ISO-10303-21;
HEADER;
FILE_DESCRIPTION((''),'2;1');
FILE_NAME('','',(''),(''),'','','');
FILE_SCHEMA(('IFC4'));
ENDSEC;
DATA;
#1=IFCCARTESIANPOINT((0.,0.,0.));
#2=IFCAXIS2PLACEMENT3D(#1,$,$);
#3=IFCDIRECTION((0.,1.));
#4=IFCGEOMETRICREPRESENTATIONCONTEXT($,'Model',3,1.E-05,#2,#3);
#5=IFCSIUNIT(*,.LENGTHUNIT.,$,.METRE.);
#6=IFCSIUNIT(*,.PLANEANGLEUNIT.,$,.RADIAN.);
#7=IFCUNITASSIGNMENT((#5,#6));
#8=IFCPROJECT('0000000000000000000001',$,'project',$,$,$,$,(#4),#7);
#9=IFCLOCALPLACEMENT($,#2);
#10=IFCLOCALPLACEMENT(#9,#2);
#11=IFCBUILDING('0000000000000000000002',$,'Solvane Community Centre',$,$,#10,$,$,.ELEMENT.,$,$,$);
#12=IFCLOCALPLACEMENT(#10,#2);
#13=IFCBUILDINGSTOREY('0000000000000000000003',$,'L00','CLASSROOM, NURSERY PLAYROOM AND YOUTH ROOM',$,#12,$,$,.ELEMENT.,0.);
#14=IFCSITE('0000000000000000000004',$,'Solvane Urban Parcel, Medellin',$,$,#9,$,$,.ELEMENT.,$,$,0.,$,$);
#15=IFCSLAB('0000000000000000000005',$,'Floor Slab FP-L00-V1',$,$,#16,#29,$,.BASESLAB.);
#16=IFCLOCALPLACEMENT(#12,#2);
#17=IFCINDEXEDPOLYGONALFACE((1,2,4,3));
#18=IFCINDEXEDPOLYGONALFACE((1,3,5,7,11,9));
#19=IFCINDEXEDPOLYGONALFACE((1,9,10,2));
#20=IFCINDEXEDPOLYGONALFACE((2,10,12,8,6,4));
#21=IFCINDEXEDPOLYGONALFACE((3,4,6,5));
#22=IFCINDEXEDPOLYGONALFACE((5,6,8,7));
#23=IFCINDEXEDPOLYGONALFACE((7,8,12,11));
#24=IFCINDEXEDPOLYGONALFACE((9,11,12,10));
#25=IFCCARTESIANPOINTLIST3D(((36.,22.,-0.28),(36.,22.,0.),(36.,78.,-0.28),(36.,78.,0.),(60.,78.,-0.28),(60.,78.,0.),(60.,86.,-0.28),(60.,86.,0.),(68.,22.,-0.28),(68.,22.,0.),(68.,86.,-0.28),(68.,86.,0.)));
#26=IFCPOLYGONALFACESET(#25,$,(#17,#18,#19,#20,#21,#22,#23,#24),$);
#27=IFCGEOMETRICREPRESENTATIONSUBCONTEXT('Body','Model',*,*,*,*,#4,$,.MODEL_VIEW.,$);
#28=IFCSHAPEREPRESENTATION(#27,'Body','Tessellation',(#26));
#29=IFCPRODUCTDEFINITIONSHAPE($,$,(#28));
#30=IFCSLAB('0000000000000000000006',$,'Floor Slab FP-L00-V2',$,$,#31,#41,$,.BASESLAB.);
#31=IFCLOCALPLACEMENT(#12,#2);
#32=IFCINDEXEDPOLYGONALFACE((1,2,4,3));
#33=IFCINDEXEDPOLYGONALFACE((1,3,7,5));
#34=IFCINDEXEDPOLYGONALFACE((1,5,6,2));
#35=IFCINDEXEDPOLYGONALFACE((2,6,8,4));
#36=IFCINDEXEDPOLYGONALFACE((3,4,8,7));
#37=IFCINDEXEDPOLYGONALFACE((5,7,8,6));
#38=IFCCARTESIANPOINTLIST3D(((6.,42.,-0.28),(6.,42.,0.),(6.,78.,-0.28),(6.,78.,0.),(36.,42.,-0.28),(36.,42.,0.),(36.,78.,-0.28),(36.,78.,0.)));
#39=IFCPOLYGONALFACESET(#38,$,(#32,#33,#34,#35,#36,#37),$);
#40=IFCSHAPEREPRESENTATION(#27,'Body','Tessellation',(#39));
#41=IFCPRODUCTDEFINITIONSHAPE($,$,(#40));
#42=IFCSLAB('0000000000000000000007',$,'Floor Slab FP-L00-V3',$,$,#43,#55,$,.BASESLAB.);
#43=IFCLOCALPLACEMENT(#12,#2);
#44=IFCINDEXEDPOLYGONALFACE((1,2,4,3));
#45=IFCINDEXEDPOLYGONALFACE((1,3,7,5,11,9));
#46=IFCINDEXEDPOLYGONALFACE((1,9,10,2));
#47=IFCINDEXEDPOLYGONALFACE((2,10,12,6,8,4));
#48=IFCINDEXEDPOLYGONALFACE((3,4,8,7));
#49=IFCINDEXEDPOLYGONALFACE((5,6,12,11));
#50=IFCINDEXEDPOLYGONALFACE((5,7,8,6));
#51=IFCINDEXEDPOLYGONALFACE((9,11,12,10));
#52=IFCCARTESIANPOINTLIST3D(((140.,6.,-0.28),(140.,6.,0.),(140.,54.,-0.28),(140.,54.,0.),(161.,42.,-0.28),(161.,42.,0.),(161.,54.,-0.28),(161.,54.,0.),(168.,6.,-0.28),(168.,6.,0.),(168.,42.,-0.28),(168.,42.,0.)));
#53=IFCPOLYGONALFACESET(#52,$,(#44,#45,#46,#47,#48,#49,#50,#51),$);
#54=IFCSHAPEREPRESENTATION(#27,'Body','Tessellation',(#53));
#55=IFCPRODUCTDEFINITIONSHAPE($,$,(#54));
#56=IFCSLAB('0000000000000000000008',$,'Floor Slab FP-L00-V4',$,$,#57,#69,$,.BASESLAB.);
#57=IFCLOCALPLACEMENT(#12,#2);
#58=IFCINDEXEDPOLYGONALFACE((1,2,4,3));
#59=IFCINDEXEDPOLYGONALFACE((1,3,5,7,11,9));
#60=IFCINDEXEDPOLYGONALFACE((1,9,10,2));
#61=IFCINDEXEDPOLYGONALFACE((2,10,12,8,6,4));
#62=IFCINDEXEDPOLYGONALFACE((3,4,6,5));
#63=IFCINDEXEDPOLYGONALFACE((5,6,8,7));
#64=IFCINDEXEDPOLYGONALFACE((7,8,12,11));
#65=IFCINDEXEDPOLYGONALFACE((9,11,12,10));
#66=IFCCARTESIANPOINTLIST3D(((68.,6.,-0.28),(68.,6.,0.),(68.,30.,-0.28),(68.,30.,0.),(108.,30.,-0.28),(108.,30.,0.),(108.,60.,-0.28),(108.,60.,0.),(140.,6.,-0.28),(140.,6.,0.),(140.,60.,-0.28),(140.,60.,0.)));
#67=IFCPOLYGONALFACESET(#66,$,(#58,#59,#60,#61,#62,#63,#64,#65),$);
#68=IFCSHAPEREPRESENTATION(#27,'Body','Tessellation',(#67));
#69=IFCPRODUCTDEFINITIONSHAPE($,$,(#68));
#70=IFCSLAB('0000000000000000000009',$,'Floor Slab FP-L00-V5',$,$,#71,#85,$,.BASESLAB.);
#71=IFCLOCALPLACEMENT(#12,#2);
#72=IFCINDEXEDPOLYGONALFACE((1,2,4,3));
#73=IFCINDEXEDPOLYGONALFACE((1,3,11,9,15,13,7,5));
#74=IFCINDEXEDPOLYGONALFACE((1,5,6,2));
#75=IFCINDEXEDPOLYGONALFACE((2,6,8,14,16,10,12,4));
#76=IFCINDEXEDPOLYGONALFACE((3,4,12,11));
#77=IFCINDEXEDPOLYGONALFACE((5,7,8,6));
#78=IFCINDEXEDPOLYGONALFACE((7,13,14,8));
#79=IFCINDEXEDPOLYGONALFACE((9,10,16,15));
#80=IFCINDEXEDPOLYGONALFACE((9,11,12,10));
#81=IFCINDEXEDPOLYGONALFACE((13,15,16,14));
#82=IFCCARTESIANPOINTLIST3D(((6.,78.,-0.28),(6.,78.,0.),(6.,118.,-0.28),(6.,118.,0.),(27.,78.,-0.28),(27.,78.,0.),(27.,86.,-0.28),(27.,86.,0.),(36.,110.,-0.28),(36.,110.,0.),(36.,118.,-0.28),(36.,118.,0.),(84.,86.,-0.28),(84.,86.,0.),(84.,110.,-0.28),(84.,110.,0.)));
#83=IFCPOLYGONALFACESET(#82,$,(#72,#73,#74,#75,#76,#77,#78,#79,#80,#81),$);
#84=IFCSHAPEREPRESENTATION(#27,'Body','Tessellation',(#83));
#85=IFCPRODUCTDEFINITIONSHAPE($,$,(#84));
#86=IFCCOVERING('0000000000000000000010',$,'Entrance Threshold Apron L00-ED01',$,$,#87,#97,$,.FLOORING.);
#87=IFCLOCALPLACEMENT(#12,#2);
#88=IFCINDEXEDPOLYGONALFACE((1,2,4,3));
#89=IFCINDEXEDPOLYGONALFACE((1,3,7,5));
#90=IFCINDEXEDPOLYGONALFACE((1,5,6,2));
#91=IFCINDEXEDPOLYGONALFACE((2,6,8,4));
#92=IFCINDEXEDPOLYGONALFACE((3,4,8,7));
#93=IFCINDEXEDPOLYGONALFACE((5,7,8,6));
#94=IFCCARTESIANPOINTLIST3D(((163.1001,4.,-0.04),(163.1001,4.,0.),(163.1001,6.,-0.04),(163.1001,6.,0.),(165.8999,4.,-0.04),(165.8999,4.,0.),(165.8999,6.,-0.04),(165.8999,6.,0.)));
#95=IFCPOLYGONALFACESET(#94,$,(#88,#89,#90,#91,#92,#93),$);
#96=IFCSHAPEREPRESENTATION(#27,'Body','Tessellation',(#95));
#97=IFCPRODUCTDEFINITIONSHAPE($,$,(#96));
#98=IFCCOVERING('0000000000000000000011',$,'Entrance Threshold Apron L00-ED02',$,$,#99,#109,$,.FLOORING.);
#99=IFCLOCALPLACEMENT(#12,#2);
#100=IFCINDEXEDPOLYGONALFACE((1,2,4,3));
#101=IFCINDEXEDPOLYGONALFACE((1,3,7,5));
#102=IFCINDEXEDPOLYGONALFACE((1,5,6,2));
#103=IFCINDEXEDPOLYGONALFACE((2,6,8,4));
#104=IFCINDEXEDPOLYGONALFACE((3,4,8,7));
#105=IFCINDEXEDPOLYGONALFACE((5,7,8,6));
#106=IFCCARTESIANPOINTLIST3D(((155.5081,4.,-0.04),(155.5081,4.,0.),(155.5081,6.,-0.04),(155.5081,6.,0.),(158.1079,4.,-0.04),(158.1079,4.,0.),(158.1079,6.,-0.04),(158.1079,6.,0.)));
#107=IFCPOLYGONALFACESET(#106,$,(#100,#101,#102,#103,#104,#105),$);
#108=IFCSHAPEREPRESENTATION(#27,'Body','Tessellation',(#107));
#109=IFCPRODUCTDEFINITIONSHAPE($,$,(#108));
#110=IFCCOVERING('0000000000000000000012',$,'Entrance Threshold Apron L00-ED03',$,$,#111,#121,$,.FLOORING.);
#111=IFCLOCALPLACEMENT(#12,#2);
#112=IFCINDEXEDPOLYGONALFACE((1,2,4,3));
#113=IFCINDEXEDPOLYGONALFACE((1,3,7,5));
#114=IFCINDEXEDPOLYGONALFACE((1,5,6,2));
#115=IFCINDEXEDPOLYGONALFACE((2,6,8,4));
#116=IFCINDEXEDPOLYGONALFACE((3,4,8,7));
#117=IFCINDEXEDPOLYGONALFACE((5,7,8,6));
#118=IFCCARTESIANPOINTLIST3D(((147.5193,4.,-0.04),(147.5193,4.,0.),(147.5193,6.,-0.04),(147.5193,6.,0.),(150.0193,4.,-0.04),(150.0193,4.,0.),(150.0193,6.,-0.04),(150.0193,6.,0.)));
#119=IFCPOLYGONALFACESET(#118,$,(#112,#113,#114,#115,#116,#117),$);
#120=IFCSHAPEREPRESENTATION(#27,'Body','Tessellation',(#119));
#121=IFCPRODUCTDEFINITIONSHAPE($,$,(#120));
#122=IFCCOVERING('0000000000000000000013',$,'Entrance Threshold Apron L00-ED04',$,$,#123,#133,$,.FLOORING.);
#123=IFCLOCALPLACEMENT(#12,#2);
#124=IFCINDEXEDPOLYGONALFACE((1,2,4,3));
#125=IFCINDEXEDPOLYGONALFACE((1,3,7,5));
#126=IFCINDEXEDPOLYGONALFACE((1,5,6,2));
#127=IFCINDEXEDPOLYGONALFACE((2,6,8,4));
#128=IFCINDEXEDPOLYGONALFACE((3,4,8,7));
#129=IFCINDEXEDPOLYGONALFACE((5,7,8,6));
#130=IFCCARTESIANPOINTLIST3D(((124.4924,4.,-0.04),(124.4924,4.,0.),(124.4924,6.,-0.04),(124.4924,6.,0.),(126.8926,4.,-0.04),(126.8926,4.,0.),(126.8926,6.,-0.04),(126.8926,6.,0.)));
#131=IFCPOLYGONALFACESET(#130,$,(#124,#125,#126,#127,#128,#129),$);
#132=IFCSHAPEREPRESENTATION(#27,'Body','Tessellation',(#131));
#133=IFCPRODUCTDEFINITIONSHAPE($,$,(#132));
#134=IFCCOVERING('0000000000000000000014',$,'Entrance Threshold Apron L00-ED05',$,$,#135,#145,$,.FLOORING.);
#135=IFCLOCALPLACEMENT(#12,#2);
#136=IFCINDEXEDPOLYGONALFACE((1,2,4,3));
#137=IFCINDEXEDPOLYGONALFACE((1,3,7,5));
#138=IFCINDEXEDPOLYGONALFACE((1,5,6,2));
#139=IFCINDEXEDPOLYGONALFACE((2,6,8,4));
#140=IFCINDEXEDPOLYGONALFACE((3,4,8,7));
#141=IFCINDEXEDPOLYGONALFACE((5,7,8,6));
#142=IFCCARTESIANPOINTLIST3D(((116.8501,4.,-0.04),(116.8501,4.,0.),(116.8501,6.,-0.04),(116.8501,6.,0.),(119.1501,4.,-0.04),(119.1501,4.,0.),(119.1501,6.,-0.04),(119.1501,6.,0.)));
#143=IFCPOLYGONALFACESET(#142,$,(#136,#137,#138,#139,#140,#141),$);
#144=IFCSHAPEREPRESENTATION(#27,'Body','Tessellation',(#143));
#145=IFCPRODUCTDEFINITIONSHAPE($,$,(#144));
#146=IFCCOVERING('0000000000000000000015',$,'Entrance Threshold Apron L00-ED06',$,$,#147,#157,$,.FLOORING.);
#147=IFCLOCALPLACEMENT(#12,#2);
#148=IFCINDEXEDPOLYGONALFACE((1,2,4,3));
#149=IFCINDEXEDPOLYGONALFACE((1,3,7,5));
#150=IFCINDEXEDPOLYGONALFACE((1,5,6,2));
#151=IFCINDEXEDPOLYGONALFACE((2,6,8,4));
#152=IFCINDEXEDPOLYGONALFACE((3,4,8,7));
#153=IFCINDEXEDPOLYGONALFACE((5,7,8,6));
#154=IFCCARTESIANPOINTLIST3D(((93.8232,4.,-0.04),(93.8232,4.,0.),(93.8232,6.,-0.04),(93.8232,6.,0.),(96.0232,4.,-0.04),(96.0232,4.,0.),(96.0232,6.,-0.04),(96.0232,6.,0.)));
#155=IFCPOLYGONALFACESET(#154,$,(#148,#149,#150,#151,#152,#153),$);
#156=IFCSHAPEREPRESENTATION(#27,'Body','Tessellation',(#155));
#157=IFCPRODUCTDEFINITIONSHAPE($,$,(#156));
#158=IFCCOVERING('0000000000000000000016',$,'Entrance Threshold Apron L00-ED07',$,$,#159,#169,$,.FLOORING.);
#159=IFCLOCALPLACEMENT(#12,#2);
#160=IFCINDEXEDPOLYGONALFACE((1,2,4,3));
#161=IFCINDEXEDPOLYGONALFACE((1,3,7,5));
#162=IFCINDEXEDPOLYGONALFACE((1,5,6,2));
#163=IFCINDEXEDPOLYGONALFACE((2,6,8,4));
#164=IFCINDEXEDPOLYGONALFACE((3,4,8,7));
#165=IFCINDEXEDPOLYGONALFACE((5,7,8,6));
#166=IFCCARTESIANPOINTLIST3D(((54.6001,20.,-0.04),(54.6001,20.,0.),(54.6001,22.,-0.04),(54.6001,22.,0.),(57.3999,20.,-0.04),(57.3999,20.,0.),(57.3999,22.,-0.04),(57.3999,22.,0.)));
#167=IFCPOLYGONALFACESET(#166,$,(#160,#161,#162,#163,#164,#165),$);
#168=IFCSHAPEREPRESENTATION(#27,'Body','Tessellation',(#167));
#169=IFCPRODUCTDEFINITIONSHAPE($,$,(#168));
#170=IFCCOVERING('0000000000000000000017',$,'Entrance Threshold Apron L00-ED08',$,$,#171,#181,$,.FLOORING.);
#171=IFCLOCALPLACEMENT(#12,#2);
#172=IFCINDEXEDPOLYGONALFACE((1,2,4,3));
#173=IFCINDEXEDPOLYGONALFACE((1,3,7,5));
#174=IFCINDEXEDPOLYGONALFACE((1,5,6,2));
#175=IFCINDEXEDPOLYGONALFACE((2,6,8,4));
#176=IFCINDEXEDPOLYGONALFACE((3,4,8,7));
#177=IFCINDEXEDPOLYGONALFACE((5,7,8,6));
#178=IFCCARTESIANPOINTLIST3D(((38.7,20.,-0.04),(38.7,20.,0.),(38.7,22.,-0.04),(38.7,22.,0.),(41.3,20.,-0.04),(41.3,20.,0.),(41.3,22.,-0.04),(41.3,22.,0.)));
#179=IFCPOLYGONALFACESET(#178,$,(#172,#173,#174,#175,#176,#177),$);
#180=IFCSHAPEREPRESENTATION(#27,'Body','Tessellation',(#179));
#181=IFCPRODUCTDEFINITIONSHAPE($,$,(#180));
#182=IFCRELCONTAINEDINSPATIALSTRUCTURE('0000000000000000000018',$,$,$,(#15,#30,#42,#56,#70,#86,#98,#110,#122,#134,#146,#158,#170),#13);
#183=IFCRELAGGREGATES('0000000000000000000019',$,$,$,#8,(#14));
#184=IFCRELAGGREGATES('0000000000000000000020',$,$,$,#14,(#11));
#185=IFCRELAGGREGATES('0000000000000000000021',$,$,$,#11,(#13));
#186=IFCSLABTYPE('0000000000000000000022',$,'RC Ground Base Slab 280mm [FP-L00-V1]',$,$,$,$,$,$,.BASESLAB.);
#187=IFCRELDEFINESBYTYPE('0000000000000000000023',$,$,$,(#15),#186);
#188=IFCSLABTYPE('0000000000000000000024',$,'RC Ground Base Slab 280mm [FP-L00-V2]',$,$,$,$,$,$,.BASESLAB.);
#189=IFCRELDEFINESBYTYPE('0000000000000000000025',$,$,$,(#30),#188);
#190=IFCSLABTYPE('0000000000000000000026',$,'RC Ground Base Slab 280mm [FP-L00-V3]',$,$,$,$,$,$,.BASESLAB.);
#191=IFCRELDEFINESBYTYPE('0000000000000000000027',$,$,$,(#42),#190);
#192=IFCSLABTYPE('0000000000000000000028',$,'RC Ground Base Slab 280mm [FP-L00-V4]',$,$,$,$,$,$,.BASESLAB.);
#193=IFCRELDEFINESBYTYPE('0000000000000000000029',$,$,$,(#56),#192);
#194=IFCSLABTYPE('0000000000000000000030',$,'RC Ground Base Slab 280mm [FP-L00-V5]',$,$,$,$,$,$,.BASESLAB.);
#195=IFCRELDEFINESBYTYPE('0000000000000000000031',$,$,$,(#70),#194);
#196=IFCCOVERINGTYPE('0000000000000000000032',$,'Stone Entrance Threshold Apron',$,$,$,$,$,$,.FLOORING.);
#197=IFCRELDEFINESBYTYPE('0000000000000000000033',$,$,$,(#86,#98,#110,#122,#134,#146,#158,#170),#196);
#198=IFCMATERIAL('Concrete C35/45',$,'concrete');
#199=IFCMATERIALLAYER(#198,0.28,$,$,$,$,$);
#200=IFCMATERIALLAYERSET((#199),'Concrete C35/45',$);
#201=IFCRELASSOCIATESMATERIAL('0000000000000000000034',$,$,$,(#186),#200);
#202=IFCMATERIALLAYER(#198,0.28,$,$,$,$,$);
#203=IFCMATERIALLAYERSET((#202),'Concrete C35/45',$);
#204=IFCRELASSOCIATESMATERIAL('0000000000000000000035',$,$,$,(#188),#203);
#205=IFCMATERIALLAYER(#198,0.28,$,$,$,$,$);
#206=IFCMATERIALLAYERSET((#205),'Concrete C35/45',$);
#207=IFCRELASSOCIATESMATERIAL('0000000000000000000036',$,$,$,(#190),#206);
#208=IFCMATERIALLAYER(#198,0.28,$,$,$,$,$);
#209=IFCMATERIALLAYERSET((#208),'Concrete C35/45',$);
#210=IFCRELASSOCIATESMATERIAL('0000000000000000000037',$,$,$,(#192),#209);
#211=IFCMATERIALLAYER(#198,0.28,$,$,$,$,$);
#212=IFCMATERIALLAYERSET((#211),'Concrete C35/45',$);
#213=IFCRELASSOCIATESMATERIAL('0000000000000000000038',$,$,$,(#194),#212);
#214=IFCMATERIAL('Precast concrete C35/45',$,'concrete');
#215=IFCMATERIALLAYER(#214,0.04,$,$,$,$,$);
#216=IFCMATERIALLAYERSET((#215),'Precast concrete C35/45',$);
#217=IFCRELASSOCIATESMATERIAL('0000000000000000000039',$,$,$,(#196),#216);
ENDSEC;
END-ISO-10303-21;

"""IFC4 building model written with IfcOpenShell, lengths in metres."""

from ifc_helpers import new_model, si_unit, direction, frame, origin, place, context, subcontext, project, spatial, polyline, outline, extrude, material, layer, layer_set, type_object, element, save


model = new_model("IFC4")

# Units and contexts
model_context = context("Model", 3, precision=1e-05, world=origin(), true_north=direction((0.0, 1.0)))
body_context = subcontext(model_context, "Body", "Model", "MODEL_VIEW")
ifc_project = project(units=[si_unit("LENGTHUNIT", "METRE"), si_unit("PLANEANGLEUNIT", "RADIAN")], contexts=[model_context])

# Site, building, storey
site_placement = place(None, origin())
site = spatial("IfcSite", under=ifc_project, at=site_placement, Name="Solvane Urban Parcel, Medellin", CompositionType="ELEMENT", RefElevation=0.0)
building_placement = place(site_placement, origin())
building = spatial("IfcBuilding", under=site, at=building_placement, Name="Solvane Community Centre", CompositionType="ELEMENT")
storey_placement = place(building_placement, origin())
storey = spatial("IfcBuildingStorey", under=building, at=storey_placement, Name="L00", Description="CLASSROOM, NURSERY PLAYROOM AND YOUTH ROOM", CompositionType="ELEMENT", Elevation=0.0)

# Slabs
ifc_material_1 = material(Name="Concrete C35/45", Category="concrete")
ifc_layer_1 = layer(ifc_material_1, 0.28)
ifc_layer_set_1 = layer_set([ifc_layer_1], Name="Concrete C35/45")
slab_type_1 = type_object("IfcSlabType", Name="RC Ground Base Slab 280mm [FP-L00-V1]", PredefinedType="BASESLAB", material=ifc_layer_set_1)
slab_1_placement = place(storey_placement, frame((0.0, 0.0, -0.28)))
element("IfcSlab", 1, at=slab_1_placement, inside=storey, type_object=slab_type_1, Name="Floor Slab FP-L00-V1", PredefinedType="BASESLAB", context=body_context, shape_type="SweptSolid", body=[
    extrude(outline(polyline([(36.0, 22.0), (68.0, 22.0), (68.0, 86.0), (60.0, 86.0), (60.0, 78.0), (36.0, 78.0), (36.0, 22.0)])), origin(), (0.0, 0.0, 1.0), 0.28),
])
ifc_layer_2 = layer(ifc_material_1, 0.28)
ifc_layer_set_2 = layer_set([ifc_layer_2], Name="Concrete C35/45")
slab_type_2 = type_object("IfcSlabType", Name="RC Ground Base Slab 280mm [FP-L00-V2]", PredefinedType="BASESLAB", material=ifc_layer_set_2)
slab_2_placement = place(storey_placement, frame((0.0, 0.0, -0.28)))
element("IfcSlab", 2, at=slab_2_placement, inside=storey, type_object=slab_type_2, Name="Floor Slab FP-L00-V2", PredefinedType="BASESLAB", context=body_context, shape_type="SweptSolid", body=[
    extrude(outline(polyline([(6.0, 42.0), (36.0, 42.0), (36.0, 78.0), (6.0, 78.0), (6.0, 42.0)])), origin(), (0.0, 0.0, 1.0), 0.28),
])
ifc_layer_3 = layer(ifc_material_1, 0.28)
ifc_layer_set_3 = layer_set([ifc_layer_3], Name="Concrete C35/45")
slab_type_3 = type_object("IfcSlabType", Name="RC Ground Base Slab 280mm [FP-L00-V3]", PredefinedType="BASESLAB", material=ifc_layer_set_3)
slab_3_placement = place(storey_placement, frame((0.0, 0.0, -0.28)))
element("IfcSlab", 3, at=slab_3_placement, inside=storey, type_object=slab_type_3, Name="Floor Slab FP-L00-V3", PredefinedType="BASESLAB", context=body_context, shape_type="SweptSolid", body=[
    extrude(outline(polyline([(140.0, 6.0), (168.0, 6.0), (168.0, 42.0), (161.0, 42.0), (161.0, 54.0), (140.0, 54.0), (140.0, 6.0)])), origin(), (0.0, 0.0, 1.0), 0.28),
])
ifc_layer_4 = layer(ifc_material_1, 0.28)
ifc_layer_set_4 = layer_set([ifc_layer_4], Name="Concrete C35/45")
slab_type_4 = type_object("IfcSlabType", Name="RC Ground Base Slab 280mm [FP-L00-V4]", PredefinedType="BASESLAB", material=ifc_layer_set_4)
slab_4_placement = place(storey_placement, frame((0.0, 0.0, -0.28)))
element("IfcSlab", 4, at=slab_4_placement, inside=storey, type_object=slab_type_4, Name="Floor Slab FP-L00-V4", PredefinedType="BASESLAB", context=body_context, shape_type="SweptSolid", body=[
    extrude(outline(polyline([(68.0, 6.0), (140.0, 6.0), (140.0, 60.0), (108.0, 60.0), (108.0, 30.0), (68.0, 30.0), (68.0, 6.0)])), origin(), (0.0, 0.0, 1.0), 0.28),
])
ifc_layer_5 = layer(ifc_material_1, 0.28)
ifc_layer_set_5 = layer_set([ifc_layer_5], Name="Concrete C35/45")
slab_type_5 = type_object("IfcSlabType", Name="RC Ground Base Slab 280mm [FP-L00-V5]", PredefinedType="BASESLAB", material=ifc_layer_set_5)
slab_5_placement = place(storey_placement, frame((0.0, 0.0, -0.28)))
element("IfcSlab", 5, at=slab_5_placement, inside=storey, type_object=slab_type_5, Name="Floor Slab FP-L00-V5", PredefinedType="BASESLAB", context=body_context, shape_type="SweptSolid", body=[
    extrude(outline(polyline([(6.0, 78.0), (27.0, 78.0), (27.0, 86.0), (84.0, 86.0), (84.0, 110.0), (36.0, 110.0), (36.0, 118.0), (6.0, 118.0), (6.0, 78.0)])), origin(), (0.0, 0.0, 1.0), 0.28),
])

# Coverings
ifc_material_2 = material(Name="Precast concrete C35/45", Category="concrete")
ifc_layer_6 = layer(ifc_material_2, 0.04)
ifc_layer_set_6 = layer_set([ifc_layer_6], Name="Precast concrete C35/45")
covering_type = type_object("IfcCoveringType", Name="Stone Entrance Threshold Apron", PredefinedType="FLOORING", material=ifc_layer_set_6)
covering_1_placement = place(storey_placement, frame((0.0, 0.0, -0.04)))
element("IfcCovering", 6, at=covering_1_placement, inside=storey, type_object=covering_type, Name="Entrance Threshold Apron L00-ED01", PredefinedType="FLOORING", context=body_context, shape_type="SweptSolid", body=[
    extrude(outline(polyline([(165.8999, 6.0), (163.1001, 6.0), (163.1001, 4.0), (165.8999, 4.0), (165.8999, 6.0)])), origin(), (0.0, 0.0, 1.0), 0.04),
])
covering_2_placement = place(storey_placement, frame((0.0, 0.0, -0.04)))
element("IfcCovering", 7, at=covering_2_placement, inside=storey, type_object=covering_type, Name="Entrance Threshold Apron L00-ED02", PredefinedType="FLOORING", context=body_context, shape_type="SweptSolid", body=[
    extrude(outline(polyline([(158.1079, 6.0), (155.5081, 6.0), (155.5081, 4.0), (158.1079, 4.0), (158.1079, 6.0)])), origin(), (0.0, 0.0, 1.0), 0.04),
])
covering_3_placement = place(storey_placement, frame((0.0, 0.0, -0.04)))
element("IfcCovering", 8, at=covering_3_placement, inside=storey, type_object=covering_type, Name="Entrance Threshold Apron L00-ED03", PredefinedType="FLOORING", context=body_context, shape_type="SweptSolid", body=[
    extrude(outline(polyline([(150.0193, 6.0), (147.5193, 6.0), (147.5193, 4.0), (150.0193, 4.0), (150.0193, 6.0)])), origin(), (0.0, 0.0, 1.0), 0.04),
])
covering_4_placement = place(storey_placement, frame((0.0, 0.0, -0.04)))
element("IfcCovering", 9, at=covering_4_placement, inside=storey, type_object=covering_type, Name="Entrance Threshold Apron L00-ED04", PredefinedType="FLOORING", context=body_context, shape_type="SweptSolid", body=[
    extrude(outline(polyline([(126.8926, 6.0), (124.4924, 6.0), (124.4924, 4.0), (126.8926, 4.0), (126.8926, 6.0)])), origin(), (0.0, 0.0, 1.0), 0.04),
])
covering_5_placement = place(storey_placement, frame((0.0, 0.0, -0.04)))
element("IfcCovering", 10, at=covering_5_placement, inside=storey, type_object=covering_type, Name="Entrance Threshold Apron L00-ED05", PredefinedType="FLOORING", context=body_context, shape_type="SweptSolid", body=[
    extrude(outline(polyline([(119.1501, 6.0), (116.8501, 6.0), (116.8501, 4.0), (119.1501, 4.0), (119.1501, 6.0)])), origin(), (0.0, 0.0, 1.0), 0.04),
])
covering_6_placement = place(storey_placement, frame((0.0, 0.0, -0.04)))
element("IfcCovering", 11, at=covering_6_placement, inside=storey, type_object=covering_type, Name="Entrance Threshold Apron L00-ED06", PredefinedType="FLOORING", context=body_context, shape_type="SweptSolid", body=[
    extrude(outline(polyline([(96.0232, 6.0), (93.8232, 6.0), (93.8232, 4.0), (96.0232, 4.0), (96.0232, 6.0)])), origin(), (0.0, 0.0, 1.0), 0.04),
])
covering_7_placement = place(storey_placement, frame((0.0, 0.0, -0.04)))
element("IfcCovering", 12, at=covering_7_placement, inside=storey, type_object=covering_type, Name="Entrance Threshold Apron L00-ED07", PredefinedType="FLOORING", context=body_context, shape_type="SweptSolid", body=[
    extrude(outline(polyline([(57.3999, 22.0), (54.6001, 22.0), (54.6001, 20.0), (57.3999, 20.0), (57.3999, 22.0)])), origin(), (0.0, 0.0, 1.0), 0.04),
])
covering_8_placement = place(storey_placement, frame((0.0, 0.0, -0.04)))
element("IfcCovering", 13, at=covering_8_placement, inside=storey, type_object=covering_type, Name="Entrance Threshold Apron L00-ED08", PredefinedType="FLOORING", context=body_context, shape_type="SweptSolid", body=[
    extrude(outline(polyline([(41.3, 22.0), (38.7, 22.0), (38.7, 20.0), (41.3, 20.0), (41.3, 22.0)])), origin(), (0.0, 0.0, 1.0), 0.04),
])

save(model, "model.ifc")
